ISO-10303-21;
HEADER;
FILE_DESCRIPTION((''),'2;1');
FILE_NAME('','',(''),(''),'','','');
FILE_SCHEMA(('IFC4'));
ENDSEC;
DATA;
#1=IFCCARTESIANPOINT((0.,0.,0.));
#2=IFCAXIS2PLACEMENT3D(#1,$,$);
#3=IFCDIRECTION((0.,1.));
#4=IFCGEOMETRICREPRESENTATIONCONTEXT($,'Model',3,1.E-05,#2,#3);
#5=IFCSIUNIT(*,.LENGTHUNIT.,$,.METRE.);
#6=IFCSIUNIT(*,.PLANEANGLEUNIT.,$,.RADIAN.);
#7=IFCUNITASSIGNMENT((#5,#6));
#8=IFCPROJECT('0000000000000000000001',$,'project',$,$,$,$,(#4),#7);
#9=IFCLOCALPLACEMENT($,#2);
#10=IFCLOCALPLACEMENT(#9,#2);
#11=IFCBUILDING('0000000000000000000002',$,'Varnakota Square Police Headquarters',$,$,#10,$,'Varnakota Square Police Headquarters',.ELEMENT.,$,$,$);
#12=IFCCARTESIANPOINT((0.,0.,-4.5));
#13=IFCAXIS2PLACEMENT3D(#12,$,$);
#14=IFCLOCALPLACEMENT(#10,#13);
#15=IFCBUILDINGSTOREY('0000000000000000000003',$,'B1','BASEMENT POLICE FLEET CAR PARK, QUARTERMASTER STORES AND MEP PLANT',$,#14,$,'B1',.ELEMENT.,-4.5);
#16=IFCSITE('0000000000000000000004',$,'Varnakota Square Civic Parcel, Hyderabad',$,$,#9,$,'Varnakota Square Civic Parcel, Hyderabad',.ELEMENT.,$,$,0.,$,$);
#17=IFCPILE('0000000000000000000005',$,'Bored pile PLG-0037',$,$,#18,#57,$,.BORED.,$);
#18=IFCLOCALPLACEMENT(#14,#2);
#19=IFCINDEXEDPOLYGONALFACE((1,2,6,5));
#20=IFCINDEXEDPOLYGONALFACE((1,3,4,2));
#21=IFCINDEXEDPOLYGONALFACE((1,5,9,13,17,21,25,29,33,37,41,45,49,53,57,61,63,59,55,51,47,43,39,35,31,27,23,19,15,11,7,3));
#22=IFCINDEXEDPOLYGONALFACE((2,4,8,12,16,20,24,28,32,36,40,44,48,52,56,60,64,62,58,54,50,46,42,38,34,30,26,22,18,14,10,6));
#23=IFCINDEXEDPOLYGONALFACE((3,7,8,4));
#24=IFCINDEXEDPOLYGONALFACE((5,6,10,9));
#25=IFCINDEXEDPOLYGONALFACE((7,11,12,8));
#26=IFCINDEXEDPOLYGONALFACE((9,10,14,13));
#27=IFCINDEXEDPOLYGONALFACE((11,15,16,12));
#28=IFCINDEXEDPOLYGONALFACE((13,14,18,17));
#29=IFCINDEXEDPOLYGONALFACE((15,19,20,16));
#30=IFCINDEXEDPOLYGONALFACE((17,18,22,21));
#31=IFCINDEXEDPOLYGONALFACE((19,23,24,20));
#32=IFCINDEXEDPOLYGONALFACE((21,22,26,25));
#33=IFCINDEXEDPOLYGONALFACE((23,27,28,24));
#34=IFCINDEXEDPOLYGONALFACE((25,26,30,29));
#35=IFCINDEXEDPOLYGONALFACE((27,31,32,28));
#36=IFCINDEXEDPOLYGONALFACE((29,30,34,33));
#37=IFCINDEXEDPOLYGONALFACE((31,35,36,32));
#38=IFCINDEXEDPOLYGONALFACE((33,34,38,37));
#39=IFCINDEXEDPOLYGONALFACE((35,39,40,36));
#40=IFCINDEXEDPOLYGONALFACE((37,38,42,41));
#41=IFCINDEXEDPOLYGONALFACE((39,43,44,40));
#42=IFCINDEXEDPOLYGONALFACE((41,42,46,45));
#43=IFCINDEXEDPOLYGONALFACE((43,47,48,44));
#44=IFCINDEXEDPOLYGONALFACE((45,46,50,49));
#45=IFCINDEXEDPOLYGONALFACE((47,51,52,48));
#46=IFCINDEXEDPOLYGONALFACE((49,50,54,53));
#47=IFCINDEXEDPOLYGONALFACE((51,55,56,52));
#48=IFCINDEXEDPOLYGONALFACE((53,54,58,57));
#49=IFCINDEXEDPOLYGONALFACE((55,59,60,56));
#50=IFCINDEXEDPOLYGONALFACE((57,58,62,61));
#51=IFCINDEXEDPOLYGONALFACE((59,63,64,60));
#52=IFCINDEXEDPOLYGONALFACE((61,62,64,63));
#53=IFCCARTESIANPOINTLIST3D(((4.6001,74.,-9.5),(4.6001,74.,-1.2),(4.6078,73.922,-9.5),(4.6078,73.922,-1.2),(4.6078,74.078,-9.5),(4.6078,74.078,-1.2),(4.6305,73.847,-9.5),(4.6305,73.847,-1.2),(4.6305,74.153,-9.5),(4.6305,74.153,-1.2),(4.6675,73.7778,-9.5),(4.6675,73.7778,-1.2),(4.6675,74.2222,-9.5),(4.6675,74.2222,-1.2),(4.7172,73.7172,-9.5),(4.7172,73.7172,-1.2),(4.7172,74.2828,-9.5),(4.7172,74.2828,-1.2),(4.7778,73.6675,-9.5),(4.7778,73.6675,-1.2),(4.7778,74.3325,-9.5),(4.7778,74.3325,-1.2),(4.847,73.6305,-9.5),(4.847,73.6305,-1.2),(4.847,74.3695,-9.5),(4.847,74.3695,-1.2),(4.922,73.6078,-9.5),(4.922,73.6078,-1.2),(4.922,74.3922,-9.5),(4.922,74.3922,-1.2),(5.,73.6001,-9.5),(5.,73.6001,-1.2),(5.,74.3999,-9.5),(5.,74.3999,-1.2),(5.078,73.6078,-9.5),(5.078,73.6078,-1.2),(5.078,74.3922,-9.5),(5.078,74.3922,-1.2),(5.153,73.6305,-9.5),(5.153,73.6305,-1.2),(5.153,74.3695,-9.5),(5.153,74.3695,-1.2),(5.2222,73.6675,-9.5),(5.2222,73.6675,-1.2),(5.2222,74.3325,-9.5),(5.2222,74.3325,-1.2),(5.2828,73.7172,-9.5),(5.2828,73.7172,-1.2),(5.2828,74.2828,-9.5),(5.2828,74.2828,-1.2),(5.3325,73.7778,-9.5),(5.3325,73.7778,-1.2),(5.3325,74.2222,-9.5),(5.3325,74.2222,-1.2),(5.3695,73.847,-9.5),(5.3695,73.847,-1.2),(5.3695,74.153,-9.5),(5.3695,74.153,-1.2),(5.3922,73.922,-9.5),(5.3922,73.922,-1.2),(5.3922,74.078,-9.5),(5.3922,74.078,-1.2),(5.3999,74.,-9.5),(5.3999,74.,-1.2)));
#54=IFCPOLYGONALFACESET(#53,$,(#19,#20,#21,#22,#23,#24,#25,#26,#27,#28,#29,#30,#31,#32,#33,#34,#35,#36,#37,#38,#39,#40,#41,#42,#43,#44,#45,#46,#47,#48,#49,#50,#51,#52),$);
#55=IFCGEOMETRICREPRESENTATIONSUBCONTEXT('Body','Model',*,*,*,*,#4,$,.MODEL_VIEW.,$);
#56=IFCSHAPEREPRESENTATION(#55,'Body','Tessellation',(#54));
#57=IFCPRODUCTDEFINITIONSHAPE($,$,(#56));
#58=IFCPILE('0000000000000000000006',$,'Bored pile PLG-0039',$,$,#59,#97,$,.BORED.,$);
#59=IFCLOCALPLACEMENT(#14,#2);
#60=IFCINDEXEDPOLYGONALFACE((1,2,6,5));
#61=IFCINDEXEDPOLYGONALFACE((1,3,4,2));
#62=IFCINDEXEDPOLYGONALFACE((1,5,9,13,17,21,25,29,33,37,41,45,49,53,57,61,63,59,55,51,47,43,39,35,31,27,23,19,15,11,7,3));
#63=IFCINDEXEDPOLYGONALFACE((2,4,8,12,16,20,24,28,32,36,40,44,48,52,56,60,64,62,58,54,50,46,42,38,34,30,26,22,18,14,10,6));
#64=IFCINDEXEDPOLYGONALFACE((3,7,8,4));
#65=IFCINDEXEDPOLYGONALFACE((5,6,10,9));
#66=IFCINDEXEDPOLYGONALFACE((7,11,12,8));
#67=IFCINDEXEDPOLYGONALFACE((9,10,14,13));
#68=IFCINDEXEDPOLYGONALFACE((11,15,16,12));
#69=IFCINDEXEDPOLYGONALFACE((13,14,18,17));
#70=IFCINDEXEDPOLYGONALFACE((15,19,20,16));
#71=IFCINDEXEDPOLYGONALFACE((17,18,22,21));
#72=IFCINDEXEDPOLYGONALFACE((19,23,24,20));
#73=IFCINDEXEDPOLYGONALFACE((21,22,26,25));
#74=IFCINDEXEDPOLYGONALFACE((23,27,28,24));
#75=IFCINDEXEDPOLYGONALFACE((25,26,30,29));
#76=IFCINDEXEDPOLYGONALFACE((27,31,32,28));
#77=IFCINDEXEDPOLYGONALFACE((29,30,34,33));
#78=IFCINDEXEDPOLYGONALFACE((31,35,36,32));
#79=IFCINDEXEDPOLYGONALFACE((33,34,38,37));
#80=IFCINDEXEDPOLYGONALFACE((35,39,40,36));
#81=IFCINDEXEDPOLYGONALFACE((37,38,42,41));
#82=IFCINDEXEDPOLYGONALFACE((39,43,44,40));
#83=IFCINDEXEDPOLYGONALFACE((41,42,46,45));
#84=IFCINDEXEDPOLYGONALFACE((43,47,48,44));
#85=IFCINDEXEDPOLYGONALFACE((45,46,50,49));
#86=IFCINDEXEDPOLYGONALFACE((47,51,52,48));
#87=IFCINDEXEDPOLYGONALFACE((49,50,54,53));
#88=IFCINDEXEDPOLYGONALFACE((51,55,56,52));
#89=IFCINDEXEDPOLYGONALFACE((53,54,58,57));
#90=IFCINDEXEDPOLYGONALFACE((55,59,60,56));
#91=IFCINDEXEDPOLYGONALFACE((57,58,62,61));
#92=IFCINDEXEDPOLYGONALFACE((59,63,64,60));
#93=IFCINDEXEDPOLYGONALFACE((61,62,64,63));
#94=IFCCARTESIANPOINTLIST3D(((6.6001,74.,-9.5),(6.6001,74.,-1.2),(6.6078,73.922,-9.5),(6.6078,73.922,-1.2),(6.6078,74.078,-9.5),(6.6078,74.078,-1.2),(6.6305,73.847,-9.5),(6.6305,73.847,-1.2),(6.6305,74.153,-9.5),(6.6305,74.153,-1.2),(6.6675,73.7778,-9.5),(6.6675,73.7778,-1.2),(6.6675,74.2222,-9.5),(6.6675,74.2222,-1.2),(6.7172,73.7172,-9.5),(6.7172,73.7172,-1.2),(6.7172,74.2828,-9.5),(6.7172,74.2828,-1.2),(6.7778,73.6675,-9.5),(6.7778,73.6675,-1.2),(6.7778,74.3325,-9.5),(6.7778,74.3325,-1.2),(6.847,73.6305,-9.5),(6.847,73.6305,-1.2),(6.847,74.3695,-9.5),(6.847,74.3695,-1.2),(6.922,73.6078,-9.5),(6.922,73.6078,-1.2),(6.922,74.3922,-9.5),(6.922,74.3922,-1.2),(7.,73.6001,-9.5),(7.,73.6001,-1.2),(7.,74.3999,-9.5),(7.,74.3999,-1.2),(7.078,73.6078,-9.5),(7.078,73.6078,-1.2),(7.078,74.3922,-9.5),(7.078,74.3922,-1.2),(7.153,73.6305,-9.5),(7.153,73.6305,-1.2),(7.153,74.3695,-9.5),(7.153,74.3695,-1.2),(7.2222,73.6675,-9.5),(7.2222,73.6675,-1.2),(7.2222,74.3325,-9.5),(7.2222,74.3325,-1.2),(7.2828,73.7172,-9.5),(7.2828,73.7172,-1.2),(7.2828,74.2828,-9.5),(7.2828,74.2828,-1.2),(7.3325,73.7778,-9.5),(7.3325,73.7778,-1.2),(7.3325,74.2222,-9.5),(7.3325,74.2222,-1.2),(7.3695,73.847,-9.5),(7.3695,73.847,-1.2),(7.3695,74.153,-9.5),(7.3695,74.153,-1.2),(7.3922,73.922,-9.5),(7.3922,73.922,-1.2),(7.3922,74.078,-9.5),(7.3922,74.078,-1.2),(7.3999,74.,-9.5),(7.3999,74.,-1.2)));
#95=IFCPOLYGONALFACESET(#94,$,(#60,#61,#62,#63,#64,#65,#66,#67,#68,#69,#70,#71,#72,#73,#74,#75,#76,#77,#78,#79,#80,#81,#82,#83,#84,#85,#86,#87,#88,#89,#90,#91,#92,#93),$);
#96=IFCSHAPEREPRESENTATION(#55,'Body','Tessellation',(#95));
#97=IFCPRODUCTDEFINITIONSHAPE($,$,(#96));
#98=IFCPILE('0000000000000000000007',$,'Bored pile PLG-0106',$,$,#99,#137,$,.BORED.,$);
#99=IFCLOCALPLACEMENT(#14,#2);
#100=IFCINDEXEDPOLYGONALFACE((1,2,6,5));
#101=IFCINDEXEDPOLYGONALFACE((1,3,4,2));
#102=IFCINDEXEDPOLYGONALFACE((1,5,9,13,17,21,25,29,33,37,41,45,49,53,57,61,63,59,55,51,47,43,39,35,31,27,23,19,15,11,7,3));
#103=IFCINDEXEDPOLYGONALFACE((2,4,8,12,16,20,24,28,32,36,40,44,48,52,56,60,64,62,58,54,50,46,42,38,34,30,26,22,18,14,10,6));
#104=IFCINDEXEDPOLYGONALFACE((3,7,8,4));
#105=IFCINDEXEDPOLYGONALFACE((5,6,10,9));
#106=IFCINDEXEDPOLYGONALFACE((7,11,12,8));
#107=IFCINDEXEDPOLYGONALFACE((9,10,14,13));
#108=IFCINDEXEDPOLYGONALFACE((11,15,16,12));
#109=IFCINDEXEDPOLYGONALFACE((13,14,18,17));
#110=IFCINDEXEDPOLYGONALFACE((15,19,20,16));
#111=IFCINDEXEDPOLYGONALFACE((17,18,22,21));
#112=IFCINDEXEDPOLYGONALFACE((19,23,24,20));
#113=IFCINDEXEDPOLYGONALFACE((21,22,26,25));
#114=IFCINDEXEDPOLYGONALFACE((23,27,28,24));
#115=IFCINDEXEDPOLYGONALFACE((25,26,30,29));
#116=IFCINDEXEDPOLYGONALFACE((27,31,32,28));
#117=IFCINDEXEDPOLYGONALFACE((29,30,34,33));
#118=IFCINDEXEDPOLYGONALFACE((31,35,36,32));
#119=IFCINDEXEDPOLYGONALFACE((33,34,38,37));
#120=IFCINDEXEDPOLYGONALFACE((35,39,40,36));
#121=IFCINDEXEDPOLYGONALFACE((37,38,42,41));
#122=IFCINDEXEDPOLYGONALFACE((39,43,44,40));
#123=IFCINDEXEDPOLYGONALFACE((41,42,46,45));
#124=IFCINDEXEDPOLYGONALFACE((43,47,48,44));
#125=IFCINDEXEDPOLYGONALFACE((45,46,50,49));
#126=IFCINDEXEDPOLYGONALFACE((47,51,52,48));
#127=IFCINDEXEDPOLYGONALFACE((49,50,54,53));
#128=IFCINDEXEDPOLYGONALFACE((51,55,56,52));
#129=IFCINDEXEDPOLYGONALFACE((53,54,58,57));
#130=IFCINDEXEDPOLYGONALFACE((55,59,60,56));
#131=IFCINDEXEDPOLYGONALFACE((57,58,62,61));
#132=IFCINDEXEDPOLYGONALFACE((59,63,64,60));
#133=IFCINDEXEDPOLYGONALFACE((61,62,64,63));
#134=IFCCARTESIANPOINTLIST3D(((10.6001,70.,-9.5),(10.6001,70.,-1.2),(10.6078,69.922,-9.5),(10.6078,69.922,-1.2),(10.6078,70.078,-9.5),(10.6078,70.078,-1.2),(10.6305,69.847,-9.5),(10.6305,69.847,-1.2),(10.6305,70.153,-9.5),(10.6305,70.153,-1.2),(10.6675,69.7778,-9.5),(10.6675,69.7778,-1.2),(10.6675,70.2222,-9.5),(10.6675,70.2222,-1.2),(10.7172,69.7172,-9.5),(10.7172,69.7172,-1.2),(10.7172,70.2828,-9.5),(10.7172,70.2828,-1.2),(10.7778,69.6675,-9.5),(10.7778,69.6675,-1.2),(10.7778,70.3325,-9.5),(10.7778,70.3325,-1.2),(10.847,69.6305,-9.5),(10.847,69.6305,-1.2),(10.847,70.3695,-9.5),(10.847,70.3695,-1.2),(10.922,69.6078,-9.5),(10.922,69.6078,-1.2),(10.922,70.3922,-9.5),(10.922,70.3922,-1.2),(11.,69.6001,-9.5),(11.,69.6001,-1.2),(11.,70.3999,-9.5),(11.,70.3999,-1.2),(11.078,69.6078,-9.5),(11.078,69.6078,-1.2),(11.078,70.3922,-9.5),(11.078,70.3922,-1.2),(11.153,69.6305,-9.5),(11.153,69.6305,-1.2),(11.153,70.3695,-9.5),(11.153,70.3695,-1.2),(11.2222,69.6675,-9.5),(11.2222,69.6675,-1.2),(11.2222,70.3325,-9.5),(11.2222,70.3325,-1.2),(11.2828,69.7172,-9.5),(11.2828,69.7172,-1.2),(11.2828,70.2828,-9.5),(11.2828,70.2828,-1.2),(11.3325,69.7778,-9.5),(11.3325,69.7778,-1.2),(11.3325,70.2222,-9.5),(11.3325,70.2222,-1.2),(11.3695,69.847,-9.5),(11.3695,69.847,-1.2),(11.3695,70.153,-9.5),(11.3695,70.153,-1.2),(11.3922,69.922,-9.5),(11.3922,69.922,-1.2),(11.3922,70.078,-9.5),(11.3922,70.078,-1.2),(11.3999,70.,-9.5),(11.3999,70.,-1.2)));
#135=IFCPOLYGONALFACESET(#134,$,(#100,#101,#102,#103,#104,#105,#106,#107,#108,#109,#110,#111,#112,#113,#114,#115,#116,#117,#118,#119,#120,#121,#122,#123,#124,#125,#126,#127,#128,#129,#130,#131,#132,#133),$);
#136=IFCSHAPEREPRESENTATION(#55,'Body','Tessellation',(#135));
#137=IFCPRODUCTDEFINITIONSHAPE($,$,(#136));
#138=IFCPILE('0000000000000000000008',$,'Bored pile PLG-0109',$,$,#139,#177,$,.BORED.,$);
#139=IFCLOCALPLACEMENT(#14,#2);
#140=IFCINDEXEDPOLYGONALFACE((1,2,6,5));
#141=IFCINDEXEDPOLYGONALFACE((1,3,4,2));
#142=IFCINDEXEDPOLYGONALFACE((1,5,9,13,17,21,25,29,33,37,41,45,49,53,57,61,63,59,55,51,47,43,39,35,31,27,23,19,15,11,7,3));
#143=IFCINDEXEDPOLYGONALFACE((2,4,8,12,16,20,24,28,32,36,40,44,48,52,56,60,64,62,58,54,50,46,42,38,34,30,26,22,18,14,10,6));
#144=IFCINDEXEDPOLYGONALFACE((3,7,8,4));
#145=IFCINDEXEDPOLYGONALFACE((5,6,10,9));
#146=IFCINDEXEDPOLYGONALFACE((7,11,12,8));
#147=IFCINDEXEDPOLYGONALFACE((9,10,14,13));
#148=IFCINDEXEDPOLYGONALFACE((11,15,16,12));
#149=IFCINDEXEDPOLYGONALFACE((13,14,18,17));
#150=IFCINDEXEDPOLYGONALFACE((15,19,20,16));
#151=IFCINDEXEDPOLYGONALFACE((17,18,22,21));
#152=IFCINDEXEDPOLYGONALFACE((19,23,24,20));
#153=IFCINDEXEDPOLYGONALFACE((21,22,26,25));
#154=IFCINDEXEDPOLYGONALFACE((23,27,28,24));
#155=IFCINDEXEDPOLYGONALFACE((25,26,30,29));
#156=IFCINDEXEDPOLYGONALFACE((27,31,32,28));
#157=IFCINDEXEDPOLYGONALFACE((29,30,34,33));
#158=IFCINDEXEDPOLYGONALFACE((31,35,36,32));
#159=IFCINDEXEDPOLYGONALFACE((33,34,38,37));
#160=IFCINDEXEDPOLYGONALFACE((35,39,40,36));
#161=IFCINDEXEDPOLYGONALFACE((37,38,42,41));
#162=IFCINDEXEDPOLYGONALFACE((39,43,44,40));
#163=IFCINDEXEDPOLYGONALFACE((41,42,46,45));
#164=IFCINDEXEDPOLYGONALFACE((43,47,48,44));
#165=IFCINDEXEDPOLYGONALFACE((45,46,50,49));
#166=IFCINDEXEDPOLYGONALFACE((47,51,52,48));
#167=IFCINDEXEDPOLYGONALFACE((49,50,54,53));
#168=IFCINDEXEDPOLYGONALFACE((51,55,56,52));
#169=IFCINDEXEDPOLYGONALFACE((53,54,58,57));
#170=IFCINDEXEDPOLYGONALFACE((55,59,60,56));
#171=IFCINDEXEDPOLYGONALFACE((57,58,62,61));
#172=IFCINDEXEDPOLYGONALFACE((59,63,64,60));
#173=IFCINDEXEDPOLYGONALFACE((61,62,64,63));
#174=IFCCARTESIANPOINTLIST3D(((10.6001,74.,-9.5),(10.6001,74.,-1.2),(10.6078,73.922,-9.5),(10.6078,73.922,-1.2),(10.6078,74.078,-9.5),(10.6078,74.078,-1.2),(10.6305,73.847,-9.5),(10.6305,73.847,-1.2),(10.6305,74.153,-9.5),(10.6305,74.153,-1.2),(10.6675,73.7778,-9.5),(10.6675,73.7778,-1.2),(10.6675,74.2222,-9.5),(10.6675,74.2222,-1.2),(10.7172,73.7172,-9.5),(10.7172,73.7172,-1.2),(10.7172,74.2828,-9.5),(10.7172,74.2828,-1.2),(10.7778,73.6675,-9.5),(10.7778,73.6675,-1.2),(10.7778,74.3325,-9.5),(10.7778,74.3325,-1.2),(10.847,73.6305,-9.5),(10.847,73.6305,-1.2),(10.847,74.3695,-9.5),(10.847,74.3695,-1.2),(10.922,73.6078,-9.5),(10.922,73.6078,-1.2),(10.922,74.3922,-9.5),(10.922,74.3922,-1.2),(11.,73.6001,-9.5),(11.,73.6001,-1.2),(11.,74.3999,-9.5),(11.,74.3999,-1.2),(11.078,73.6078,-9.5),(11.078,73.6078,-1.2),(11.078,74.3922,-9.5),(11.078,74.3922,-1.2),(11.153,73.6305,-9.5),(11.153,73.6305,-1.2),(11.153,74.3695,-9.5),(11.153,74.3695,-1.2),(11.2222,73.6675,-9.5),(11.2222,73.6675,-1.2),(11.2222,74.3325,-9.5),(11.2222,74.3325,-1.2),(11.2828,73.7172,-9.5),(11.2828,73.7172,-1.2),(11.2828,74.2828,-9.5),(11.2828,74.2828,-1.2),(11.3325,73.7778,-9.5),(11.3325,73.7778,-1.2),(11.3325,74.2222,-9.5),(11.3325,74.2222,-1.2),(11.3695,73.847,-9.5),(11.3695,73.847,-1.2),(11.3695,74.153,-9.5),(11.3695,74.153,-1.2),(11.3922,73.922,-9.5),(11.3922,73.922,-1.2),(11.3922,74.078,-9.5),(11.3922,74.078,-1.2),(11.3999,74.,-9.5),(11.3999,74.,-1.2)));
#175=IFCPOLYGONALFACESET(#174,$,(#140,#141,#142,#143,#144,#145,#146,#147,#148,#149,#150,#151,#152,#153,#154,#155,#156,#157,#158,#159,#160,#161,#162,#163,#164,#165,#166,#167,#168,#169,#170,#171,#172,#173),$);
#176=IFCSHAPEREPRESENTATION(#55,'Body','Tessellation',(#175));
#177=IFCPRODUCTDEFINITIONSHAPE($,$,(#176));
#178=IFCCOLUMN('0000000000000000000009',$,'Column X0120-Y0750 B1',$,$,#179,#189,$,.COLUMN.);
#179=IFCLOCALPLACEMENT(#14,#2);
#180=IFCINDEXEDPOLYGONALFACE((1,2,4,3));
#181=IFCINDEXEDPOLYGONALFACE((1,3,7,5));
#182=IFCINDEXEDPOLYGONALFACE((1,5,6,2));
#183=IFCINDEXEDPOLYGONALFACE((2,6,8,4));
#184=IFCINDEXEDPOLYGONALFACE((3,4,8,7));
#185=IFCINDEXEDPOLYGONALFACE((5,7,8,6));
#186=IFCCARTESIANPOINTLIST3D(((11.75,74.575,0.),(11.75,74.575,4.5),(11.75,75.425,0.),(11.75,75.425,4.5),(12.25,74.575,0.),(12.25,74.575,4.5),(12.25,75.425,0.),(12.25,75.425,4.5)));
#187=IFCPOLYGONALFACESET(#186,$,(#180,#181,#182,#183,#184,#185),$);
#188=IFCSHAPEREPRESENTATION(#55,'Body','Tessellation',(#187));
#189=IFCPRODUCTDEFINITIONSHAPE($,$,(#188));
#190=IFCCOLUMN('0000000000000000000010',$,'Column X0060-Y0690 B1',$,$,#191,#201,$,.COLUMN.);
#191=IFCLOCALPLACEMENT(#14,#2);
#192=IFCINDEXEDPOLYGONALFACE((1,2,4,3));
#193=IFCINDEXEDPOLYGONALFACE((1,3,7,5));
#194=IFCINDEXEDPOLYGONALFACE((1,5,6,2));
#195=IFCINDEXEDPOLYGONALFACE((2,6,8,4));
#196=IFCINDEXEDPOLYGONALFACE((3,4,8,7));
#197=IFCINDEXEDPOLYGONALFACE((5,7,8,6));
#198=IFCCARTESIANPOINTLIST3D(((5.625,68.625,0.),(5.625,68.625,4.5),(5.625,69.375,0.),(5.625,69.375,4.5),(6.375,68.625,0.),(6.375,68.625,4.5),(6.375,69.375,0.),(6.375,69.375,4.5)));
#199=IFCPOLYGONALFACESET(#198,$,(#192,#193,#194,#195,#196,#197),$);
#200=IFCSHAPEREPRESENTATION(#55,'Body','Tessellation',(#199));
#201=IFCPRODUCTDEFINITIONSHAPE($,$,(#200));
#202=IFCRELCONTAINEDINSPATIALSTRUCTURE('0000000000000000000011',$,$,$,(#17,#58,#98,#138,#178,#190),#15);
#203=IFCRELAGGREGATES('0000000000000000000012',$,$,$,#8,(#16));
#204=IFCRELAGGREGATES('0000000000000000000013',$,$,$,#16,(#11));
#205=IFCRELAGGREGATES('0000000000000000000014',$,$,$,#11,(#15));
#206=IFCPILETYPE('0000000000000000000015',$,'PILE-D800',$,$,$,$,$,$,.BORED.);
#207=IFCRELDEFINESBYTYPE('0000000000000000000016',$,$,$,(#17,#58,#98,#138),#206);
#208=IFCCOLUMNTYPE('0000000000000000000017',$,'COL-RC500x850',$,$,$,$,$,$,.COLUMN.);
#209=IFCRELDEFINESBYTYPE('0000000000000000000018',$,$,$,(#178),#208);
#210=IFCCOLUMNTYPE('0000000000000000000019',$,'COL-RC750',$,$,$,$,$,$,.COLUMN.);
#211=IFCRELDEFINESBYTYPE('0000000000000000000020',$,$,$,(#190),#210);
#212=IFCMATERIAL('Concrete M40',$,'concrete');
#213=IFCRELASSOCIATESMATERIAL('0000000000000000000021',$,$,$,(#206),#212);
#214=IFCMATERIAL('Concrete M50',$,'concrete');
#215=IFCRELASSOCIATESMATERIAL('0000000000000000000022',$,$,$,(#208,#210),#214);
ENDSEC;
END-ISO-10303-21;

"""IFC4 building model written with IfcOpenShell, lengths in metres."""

from ifc_helpers import new_model, si_unit, direction, frame, origin, origin_2d, place, context, subcontext, project, spatial, rectangle, circle, extrude, material, material_profile, profile_set, type_object, element, save


model = new_model("IFC4")

# Units and contexts
model_context = context("Model", 3, precision=1e-05, world=origin(), true_north=direction((0.0, 1.0)))
body_context = subcontext(model_context, "Body", "Model", "MODEL_VIEW")
ifc_project = project(units=[si_unit("LENGTHUNIT", "METRE"), si_unit("PLANEANGLEUNIT", "RADIAN")], contexts=[model_context])

# Site, building, storey
site_placement = place(None, origin())
site = spatial("IfcSite", under=ifc_project, at=site_placement, Name="Varnakota Square Civic Parcel, Hyderabad", LongName="Varnakota Square Civic Parcel, Hyderabad", CompositionType="ELEMENT", RefElevation=0.0)
building_placement = place(site_placement, origin())
building = spatial("IfcBuilding", under=site, at=building_placement, Name="Varnakota Square Police Headquarters", LongName="Varnakota Square Police Headquarters", CompositionType="ELEMENT")
storey_placement = place(building_placement, frame((0.0, 0.0, -4.5)))
storey = spatial("IfcBuildingStorey", under=building, at=storey_placement, Name="B1", Description="BASEMENT POLICE FLEET CAR PARK, QUARTERMASTER STORES AND MEP PLANT", LongName="B1", CompositionType="ELEMENT", Elevation=-4.5)

# Shared definitions
ifc_material_1 = material(Name="Concrete M40", Category="concrete")

# Piles
ifc_material_profile_1 = material_profile(ifc_material_1, circle(Radius=0.3999, at=origin_2d()), Name="BORED PILE 800")
ifc_profile_set_1 = profile_set([ifc_material_profile_1], Name="Concrete M40")
pile_type = type_object("IfcPileType", Name="PILE-D800", PredefinedType="BORED", material=ifc_profile_set_1)
for number, where, z_axis, x_axis, name in (
    (1, (5.0, 74.0, -1.2), (0.0, 0.0, -1.0), (1.0, 0.0, 0.0), "Bored pile PLG-0037"),
    (2, (7.0, 74.0, -1.2), (0.0, 0.0, -1.0), (1.0, 0.0, 0.0), "Bored pile PLG-0039"),
    (3, (11.0, 70.0, -1.2), (0.0, 0.0, -1.0), (1.0, 0.0, 0.0), "Bored pile PLG-0106"),
    (4, (11.0, 74.0, -1.2), (0.0, 0.0, -1.0), (1.0, 0.0, 0.0), "Bored pile PLG-0109"),
):
    element("IfcPile", number, at=place(storey_placement, frame(where, z_axis=z_axis, x_axis=x_axis)), inside=storey, type_object=pile_type, Name=name, PredefinedType="BORED", context=body_context, shape_type="SweptSolid", body=[
        extrude(circle(Radius=0.3999, at=origin_2d()), origin(), (0.0, 0.0, 1.0), 8.3),
    ])

# Columns
ifc_material_2 = material(Name="Concrete M50", Category="concrete")
ifc_material_profile_2 = material_profile(ifc_material_2, rectangle(XDim=0.5, YDim=0.8501, at=origin_2d()), Name="RC 500x850")
ifc_profile_set_2 = profile_set([ifc_material_profile_2], Name="Concrete M50")
column_type_1 = type_object("IfcColumnType", Name="COL-RC500x850", PredefinedType="COLUMN", material=ifc_profile_set_2)
column_placement = place(storey_placement, frame((12.0, 75.0, 0.0), z_axis=(0.0, 0.0, 1.0), x_axis=(1.0, 0.0, 0.0)))
element("IfcColumn", 5, at=column_placement, inside=storey, type_object=column_type_1, Name="Column X0120-Y0750 B1", PredefinedType="COLUMN", context=body_context, shape_type="SweptSolid", body=[
    extrude(rectangle(XDim=0.5, YDim=0.8501, at=origin_2d()), origin(), (0.0, 0.0, 1.0), 4.5),
])
ifc_material_profile_3 = material_profile(ifc_material_2, rectangle(XDim=0.75, YDim=0.75, at=origin_2d()), Name="RC 750x750")
ifc_profile_set_3 = profile_set([ifc_material_profile_3], Name="Concrete M50")
column_type_2 = type_object("IfcColumnType", Name="COL-RC750", PredefinedType="COLUMN", material=ifc_profile_set_3)
for number, where, z_axis, x_axis, name in (
    (6, (6.0, 69.0, 0.0), (0.0, 0.0, 1.0), (1.0, 0.0, 0.0), "Column X0060-Y0690 B1"),
):
    element("IfcColumn", number, at=place(storey_placement, frame(where, z_axis=z_axis, x_axis=x_axis)), inside=storey, type_object=column_type_2, Name=name, PredefinedType="COLUMN", context=body_context, shape_type="SweptSolid", body=[
        extrude(rectangle(XDim=0.75, YDim=0.75, at=origin_2d()), origin(), (0.0, 0.0, 1.0), 4.5),
    ])

save(model, "model.ifc")
